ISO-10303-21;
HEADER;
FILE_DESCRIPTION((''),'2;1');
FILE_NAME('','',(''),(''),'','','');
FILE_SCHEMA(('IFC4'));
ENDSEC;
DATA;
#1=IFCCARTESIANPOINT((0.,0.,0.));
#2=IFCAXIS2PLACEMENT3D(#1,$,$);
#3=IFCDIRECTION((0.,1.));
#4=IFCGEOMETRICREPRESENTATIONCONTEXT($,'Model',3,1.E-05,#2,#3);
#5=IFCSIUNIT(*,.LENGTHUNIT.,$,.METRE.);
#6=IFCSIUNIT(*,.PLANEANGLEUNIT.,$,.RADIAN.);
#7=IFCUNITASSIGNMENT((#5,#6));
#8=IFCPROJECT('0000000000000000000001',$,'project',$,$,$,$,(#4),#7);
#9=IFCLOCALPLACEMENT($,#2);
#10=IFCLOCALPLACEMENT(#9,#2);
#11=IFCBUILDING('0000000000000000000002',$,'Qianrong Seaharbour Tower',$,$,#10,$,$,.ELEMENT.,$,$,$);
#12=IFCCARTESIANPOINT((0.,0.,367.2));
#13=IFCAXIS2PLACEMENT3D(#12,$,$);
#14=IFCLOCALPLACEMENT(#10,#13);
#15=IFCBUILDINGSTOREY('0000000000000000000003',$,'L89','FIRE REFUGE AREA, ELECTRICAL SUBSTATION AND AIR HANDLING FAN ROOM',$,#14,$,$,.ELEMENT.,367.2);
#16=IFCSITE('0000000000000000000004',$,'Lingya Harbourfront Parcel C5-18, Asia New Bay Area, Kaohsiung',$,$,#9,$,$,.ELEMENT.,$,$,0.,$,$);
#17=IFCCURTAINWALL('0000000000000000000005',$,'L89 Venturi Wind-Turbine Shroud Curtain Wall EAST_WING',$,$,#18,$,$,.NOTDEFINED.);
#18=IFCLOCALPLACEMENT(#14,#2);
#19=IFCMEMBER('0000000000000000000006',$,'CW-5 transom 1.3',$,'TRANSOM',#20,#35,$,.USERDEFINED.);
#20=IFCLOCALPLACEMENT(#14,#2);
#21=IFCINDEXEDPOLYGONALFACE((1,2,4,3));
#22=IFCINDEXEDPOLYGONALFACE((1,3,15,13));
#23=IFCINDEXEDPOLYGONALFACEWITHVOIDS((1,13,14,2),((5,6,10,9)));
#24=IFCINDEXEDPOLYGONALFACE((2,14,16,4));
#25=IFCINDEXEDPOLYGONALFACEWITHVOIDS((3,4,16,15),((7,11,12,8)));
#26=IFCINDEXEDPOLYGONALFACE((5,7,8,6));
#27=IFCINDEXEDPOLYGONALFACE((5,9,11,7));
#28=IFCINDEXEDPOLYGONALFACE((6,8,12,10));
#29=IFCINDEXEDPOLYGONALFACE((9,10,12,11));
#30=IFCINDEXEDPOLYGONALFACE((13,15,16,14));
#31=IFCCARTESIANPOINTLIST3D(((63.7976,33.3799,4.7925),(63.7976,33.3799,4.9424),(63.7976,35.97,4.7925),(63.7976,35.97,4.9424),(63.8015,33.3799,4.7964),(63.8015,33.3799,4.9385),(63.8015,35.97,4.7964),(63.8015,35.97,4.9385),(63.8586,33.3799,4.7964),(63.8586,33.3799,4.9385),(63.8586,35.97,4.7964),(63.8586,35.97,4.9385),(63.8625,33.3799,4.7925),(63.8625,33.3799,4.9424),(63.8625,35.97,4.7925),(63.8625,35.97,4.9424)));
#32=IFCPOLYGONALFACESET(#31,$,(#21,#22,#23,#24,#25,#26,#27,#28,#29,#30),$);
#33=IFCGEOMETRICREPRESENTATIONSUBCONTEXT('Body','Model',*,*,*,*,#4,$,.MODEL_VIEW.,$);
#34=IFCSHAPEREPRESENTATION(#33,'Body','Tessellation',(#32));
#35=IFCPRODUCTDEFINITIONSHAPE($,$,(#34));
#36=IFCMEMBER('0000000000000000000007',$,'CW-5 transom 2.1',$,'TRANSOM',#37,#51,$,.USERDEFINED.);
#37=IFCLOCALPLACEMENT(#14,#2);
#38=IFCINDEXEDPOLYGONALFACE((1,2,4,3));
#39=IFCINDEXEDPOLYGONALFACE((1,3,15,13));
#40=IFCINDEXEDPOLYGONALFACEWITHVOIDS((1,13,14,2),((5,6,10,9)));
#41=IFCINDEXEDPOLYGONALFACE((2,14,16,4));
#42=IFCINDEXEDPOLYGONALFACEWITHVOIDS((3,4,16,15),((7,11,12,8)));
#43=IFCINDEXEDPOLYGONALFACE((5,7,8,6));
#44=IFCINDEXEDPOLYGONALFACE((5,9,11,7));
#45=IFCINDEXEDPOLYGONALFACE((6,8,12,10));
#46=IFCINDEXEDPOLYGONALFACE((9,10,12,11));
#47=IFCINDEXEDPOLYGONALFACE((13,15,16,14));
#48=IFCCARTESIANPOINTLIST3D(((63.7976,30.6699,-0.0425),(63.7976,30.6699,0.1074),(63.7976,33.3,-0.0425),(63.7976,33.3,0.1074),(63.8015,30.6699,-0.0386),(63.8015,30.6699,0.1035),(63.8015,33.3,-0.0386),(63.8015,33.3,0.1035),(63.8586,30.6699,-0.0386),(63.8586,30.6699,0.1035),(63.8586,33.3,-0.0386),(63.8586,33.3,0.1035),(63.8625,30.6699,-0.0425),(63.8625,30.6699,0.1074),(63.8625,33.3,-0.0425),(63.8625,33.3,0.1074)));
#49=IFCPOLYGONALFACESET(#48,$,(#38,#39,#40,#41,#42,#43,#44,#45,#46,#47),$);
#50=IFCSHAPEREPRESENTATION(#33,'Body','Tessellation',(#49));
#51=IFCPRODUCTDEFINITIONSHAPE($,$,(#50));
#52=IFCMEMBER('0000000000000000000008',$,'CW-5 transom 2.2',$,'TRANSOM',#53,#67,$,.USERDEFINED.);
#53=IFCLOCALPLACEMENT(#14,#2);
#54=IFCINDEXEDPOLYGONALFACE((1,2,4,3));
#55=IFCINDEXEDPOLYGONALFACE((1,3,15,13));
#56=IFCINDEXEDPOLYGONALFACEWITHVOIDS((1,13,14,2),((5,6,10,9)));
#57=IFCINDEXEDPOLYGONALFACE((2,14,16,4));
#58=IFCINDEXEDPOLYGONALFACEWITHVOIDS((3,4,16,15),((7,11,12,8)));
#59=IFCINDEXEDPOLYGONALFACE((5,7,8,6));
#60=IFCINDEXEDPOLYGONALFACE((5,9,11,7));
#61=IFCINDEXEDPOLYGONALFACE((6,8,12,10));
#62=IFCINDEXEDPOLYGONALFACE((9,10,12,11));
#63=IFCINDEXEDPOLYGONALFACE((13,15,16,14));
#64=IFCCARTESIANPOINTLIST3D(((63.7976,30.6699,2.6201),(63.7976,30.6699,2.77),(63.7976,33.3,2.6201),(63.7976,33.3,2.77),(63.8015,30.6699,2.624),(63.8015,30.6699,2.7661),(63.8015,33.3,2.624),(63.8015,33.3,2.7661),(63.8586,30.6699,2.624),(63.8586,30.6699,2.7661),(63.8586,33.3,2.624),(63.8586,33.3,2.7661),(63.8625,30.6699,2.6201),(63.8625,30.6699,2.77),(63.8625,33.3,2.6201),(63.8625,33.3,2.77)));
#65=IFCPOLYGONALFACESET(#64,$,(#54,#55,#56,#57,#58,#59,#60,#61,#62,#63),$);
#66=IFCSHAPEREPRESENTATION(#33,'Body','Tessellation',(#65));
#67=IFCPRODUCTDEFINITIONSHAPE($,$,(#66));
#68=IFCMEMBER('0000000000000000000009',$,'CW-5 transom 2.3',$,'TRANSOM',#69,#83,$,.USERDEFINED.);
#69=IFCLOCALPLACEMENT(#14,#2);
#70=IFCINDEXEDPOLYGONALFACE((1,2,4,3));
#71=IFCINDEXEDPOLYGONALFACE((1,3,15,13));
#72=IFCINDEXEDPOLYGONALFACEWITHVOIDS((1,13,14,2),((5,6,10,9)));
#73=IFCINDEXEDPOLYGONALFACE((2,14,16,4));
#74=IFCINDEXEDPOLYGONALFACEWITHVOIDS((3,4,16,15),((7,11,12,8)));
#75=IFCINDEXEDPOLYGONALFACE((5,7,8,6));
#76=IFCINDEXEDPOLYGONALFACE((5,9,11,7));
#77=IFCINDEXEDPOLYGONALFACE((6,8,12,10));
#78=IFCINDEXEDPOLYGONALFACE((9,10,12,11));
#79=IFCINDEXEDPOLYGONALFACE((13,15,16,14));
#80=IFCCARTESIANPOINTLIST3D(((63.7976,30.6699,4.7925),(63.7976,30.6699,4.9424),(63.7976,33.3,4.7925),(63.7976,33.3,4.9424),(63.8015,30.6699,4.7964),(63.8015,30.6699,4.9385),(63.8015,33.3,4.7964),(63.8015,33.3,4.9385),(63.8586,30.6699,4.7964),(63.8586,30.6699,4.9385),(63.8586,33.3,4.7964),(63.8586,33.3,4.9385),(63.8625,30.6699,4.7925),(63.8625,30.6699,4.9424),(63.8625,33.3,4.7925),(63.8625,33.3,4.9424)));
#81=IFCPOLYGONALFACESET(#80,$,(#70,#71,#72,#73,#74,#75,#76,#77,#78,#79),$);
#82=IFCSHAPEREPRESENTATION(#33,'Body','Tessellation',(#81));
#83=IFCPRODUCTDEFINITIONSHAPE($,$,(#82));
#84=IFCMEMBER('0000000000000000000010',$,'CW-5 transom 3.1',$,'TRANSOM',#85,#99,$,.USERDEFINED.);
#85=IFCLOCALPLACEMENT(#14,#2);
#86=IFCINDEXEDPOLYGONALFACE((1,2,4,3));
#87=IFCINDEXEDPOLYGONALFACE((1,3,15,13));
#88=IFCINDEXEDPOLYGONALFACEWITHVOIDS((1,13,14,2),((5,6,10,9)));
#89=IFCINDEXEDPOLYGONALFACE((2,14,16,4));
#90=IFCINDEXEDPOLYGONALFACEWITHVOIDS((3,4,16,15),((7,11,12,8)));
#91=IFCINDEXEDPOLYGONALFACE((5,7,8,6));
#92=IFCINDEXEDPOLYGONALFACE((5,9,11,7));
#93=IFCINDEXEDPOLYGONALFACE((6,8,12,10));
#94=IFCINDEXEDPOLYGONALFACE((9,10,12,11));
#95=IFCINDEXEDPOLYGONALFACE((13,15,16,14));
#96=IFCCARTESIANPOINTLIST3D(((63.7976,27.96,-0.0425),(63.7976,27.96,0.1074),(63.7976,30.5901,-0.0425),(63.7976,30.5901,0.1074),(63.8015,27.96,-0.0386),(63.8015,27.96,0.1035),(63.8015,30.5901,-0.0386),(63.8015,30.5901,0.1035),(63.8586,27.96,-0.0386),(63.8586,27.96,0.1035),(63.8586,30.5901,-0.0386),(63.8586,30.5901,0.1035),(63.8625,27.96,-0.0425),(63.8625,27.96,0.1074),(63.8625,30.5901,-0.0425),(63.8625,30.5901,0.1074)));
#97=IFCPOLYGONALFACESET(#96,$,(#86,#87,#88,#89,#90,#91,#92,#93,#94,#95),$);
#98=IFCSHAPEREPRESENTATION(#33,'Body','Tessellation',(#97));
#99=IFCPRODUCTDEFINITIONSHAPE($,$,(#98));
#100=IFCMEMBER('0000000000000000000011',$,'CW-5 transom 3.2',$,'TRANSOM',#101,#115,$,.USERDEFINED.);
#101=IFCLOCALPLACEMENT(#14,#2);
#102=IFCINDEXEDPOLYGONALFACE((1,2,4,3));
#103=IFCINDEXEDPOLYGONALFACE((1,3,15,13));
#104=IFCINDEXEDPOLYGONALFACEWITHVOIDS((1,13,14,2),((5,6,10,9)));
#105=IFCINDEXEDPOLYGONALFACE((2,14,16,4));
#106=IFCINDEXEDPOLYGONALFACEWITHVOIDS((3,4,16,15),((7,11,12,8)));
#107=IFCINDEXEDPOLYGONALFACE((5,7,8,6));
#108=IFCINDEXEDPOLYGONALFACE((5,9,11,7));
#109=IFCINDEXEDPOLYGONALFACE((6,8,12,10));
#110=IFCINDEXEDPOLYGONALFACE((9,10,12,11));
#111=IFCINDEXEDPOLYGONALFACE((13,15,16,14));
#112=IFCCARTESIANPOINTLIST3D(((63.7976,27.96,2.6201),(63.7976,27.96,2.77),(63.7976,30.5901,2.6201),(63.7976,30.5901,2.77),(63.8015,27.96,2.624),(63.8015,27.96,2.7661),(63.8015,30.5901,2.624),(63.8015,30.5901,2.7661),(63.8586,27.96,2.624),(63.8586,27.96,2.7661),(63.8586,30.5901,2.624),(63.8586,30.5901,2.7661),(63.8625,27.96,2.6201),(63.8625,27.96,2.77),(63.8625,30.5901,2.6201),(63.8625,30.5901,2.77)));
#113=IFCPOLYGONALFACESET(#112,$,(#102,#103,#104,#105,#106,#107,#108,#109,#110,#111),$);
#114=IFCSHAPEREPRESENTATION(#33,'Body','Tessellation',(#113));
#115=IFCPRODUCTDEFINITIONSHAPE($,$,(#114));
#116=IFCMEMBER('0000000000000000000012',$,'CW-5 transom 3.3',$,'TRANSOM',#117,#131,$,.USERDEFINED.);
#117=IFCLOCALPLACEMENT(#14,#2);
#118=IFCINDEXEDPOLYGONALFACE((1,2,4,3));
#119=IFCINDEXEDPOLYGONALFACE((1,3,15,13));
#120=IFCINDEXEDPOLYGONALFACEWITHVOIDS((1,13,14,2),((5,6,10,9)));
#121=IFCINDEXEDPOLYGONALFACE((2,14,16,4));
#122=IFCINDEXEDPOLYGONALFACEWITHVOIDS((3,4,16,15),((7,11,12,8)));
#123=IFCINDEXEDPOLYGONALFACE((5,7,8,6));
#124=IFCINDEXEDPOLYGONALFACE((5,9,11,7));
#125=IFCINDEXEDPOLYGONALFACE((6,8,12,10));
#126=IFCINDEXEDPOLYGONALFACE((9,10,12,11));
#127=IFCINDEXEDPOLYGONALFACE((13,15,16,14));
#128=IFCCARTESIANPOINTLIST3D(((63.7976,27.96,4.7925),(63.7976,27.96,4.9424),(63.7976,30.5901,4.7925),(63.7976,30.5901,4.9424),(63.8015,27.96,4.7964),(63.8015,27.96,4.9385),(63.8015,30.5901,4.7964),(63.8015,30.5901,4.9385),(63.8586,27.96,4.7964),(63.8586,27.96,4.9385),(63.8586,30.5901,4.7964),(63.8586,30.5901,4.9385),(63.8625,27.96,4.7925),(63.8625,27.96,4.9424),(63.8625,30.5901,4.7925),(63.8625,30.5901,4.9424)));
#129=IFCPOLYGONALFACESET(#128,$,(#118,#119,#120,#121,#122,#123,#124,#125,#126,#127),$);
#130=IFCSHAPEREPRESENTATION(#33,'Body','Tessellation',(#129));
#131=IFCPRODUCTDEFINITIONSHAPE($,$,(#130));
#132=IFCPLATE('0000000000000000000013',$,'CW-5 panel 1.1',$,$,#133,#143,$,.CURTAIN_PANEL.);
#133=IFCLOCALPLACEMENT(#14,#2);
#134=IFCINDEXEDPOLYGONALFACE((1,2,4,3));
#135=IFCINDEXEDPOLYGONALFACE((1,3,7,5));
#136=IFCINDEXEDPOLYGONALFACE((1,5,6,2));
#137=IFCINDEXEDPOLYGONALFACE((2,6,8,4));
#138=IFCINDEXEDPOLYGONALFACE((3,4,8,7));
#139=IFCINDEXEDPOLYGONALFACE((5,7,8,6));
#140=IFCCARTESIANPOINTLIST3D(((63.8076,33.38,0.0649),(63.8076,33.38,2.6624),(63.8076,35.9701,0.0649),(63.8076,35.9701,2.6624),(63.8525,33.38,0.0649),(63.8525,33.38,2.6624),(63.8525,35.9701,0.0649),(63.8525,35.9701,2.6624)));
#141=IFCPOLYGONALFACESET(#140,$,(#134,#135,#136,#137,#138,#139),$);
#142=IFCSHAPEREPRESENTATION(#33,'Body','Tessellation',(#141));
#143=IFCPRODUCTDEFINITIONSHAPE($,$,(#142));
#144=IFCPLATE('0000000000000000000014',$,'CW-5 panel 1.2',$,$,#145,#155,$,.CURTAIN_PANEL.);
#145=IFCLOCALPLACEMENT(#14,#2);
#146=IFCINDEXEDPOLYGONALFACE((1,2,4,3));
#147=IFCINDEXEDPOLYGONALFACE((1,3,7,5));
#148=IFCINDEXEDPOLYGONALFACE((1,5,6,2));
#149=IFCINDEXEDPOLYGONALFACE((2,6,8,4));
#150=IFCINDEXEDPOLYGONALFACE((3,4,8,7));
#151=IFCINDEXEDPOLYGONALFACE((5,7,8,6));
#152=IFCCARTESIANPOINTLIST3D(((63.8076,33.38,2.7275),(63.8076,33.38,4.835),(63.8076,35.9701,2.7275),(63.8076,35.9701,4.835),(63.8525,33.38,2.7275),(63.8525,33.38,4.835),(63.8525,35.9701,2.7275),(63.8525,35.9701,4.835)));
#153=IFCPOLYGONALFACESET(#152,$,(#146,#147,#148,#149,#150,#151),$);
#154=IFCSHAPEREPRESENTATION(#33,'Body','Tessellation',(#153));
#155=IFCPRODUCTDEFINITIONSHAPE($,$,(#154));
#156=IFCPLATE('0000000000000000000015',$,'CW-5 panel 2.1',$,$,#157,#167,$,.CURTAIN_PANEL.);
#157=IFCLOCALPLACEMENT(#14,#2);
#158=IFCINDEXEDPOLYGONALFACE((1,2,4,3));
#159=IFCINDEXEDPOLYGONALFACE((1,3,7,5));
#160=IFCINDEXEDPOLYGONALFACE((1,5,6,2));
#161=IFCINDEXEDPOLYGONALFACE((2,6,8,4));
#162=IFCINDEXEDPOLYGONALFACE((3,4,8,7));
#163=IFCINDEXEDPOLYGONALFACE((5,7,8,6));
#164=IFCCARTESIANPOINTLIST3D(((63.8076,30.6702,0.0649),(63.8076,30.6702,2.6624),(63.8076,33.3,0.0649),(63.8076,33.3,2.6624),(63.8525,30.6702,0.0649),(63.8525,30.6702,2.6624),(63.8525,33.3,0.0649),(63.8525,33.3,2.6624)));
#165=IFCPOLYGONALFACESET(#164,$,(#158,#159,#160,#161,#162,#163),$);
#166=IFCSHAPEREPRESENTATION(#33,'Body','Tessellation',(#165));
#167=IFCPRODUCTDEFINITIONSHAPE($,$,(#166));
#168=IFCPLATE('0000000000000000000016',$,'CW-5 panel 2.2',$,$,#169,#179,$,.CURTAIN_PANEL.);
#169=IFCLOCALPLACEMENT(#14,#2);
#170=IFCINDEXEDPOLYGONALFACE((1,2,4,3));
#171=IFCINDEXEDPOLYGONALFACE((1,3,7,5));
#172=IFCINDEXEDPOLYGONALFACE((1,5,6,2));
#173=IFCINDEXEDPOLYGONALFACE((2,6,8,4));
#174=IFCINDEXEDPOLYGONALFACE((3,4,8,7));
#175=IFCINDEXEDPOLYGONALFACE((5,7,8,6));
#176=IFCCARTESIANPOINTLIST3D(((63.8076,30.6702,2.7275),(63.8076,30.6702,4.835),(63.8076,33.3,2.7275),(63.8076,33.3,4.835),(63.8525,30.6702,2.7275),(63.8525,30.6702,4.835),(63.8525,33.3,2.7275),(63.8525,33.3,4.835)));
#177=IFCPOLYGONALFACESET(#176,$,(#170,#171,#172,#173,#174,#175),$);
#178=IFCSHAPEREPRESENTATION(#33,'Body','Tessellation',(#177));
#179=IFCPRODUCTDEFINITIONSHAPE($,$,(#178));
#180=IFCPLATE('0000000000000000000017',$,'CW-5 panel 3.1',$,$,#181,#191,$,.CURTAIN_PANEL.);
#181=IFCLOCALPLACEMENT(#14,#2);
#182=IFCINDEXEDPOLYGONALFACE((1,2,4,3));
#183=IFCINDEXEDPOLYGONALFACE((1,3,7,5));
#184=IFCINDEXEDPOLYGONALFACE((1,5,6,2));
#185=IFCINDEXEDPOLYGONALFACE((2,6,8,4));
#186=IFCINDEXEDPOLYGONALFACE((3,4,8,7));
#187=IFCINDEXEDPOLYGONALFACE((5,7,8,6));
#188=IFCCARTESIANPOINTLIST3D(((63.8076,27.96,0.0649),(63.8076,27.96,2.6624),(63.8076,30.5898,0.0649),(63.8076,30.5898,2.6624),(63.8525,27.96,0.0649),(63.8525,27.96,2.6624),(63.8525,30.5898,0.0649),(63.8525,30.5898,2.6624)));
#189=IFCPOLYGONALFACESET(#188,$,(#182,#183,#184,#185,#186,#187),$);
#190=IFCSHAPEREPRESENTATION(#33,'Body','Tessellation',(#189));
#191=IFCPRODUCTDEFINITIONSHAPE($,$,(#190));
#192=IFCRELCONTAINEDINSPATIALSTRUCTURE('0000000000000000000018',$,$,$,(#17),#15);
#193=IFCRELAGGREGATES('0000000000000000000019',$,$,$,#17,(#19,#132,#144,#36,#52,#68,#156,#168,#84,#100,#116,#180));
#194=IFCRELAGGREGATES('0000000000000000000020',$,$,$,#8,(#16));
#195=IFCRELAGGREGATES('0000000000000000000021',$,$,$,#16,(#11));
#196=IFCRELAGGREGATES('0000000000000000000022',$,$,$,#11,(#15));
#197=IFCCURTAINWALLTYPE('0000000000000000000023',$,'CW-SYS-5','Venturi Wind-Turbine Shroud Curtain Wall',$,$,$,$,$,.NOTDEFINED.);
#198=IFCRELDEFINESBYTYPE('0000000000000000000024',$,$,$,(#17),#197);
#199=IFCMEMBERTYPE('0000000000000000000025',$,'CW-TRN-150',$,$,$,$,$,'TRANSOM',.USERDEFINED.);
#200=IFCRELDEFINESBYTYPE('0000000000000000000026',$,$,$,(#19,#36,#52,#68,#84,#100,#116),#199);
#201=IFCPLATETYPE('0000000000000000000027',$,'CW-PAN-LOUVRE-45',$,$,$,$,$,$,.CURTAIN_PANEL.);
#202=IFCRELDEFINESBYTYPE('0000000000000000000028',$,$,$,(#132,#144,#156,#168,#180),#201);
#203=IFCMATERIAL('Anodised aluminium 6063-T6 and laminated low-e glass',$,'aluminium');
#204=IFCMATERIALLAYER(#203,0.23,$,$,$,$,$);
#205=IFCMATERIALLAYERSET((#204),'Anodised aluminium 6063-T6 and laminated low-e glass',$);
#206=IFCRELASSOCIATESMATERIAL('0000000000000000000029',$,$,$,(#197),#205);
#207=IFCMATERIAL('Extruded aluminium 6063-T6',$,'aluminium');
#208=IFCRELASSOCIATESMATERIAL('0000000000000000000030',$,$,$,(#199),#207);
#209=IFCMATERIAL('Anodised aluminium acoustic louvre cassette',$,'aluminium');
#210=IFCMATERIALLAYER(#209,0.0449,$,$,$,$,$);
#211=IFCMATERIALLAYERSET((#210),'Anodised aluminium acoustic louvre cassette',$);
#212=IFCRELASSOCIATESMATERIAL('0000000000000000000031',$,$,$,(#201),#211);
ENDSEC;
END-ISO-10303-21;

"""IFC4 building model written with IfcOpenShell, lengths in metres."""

from ifc_helpers import new_model, si_unit, direction, frame, origin, origin_2d, place, context, subcontext, project, spatial, rectangle, hollow_rectangle, extrude, material, layer, layer_set, material_profile, profile_set, type_object, element, aggregate, save


model = new_model("IFC4")

# Units and contexts
model_context = context("Model", 3, precision=1e-05, world=origin(), true_north=direction((0.0, 1.0)))
body_context = subcontext(model_context, "Body", "Model", "MODEL_VIEW")
ifc_project = project(units=[si_unit("LENGTHUNIT", "METRE"), si_unit("PLANEANGLEUNIT", "RADIAN")], contexts=[model_context])

# Site, building, storey
site_placement = place(None, origin())
site = spatial("IfcSite", under=ifc_project, at=site_placement, Name="Lingya Harbourfront Parcel C5-18, Asia New Bay Area, Kaohsiung", CompositionType="ELEMENT", RefElevation=0.0)
building_placement = place(site_placement, origin())
building = spatial("IfcBuilding", under=site, at=building_placement, Name="Qianrong Seaharbour Tower", CompositionType="ELEMENT")
storey_placement = place(building_placement, frame((0.0, 0.0, 367.2)))
storey = spatial("IfcBuildingStorey", under=building, at=storey_placement, Name="L89", Description="FIRE REFUGE AREA, ELECTRICAL SUBSTATION AND AIR HANDLING FAN ROOM", CompositionType="ELEMENT", Elevation=367.2)

# Curtain wall, members, plates
ifc_material_1 = material(Name="Anodised aluminium 6063-T6 and laminated low-e glass", Category="aluminium")
ifc_layer_1 = layer(ifc_material_1, 0.23)
ifc_layer_set_1 = layer_set([ifc_layer_1], Name="Anodised aluminium 6063-T6 and laminated low-e glass")
curtain_wall_type = type_object("IfcCurtainWallType", Name="CW-SYS-5", Description="Venturi Wind-Turbine Shroud Curtain Wall", PredefinedType="NOTDEFINED", material=ifc_layer_set_1)
curtain_wall_placement = place(storey_placement, origin())
curtain_wall = element("IfcCurtainWall", 1, at=curtain_wall_placement, inside=storey, type_object=curtain_wall_type, Name="L89 Venturi Wind-Turbine Shroud Curtain Wall EAST_WING", PredefinedType="NOTDEFINED")
ifc_material_2 = material(Name="Extruded aluminium 6063-T6", Category="aluminium")
ifc_material_profile_1 = material_profile(ifc_material_2, hollow_rectangle(XDim=0.0649, YDim=0.1499, WallThickness=0.0039, at=origin_2d()), Name="ALU-TRN-150x65x4")
ifc_profile_set_1 = profile_set([ifc_material_profile_1], Name="Extruded aluminium 6063-T6")
member_type_1 = type_object("IfcMemberType", Name="CW-TRN-150", ElementType="TRANSOM", PredefinedType="USERDEFINED", material=ifc_profile_set_1)
member_1_placement = place(storey_placement, frame((63.8301, 35.97, 4.8674), z_axis=(0.0, -1.0, 0.0), x_axis=(1.0, 0.0, 0.0)))
member_1 = element("IfcMember", 2, at=member_1_placement, type_object=member_type_1, Name="CW-5 transom 1.3", ObjectType="TRANSOM", PredefinedType="USERDEFINED", context=body_context, shape_type="SweptSolid", body=[
    extrude(hollow_rectangle(XDim=0.0649, YDim=0.1499, WallThickness=0.0039, at=origin_2d()), origin(), (0.0, 0.0, 1.0), 2.5901),
])
member_2_placement = place(storey_placement, frame((63.8301, 33.3, 0.0325), z_axis=(0.0, -1.0, 0.0), x_axis=(1.0, 0.0, 0.0)))
member_2 = element("IfcMember", 3, at=member_2_placement, type_object=member_type_1, Name="CW-5 transom 2.1", ObjectType="TRANSOM", PredefinedType="USERDEFINED", context=body_context, shape_type="SweptSolid", body=[
    extrude(hollow_rectangle(XDim=0.0649, YDim=0.1499, WallThickness=0.0039, at=origin_2d()), origin(), (0.0, 0.0, 1.0), 2.6301),
])
member_3_placement = place(storey_placement, frame((63.8301, 33.3, 2.6951), z_axis=(0.0, -1.0, 0.0), x_axis=(1.0, 0.0, 0.0)))
member_3 = element("IfcMember", 4, at=member_3_placement, type_object=member_type_1, Name="CW-5 transom 2.2", ObjectType="TRANSOM", PredefinedType="USERDEFINED", context=body_context, shape_type="SweptSolid", body=[
    extrude(hollow_rectangle(XDim=0.0649, YDim=0.1499, WallThickness=0.0039, at=origin_2d()), origin(), (0.0, 0.0, 1.0), 2.6301),
])
member_4_placement = place(storey_placement, frame((63.8301, 33.3, 4.8674), z_axis=(0.0, -1.0, 0.0), x_axis=(1.0, 0.0, 0.0)))
member_4 = element("IfcMember", 5, at=member_4_placement, type_object=member_type_1, Name="CW-5 transom 2.3", ObjectType="TRANSOM", PredefinedType="USERDEFINED", context=body_context, shape_type="SweptSolid", body=[
    extrude(hollow_rectangle(XDim=0.0649, YDim=0.1499, WallThickness=0.0039, at=origin_2d()), origin(), (0.0, 0.0, 1.0), 2.6301),
])
member_5_placement = place(storey_placement, frame((63.8301, 30.5901, 0.0325), z_axis=(0.0, -1.0, 0.0), x_axis=(1.0, 0.0, 0.0)))
member_5 = element("IfcMember", 6, at=member_5_placement, type_object=member_type_1, Name="CW-5 transom 3.1", ObjectType="TRANSOM", PredefinedType="USERDEFINED", context=body_context, shape_type="SweptSolid", body=[
    extrude(hollow_rectangle(XDim=0.0649, YDim=0.1499, WallThickness=0.0039, at=origin_2d()), origin(), (0.0, 0.0, 1.0), 2.6301),
])
member_6_placement = place(storey_placement, frame((63.8301, 30.5901, 2.6951), z_axis=(0.0, -1.0, 0.0), x_axis=(1.0, 0.0, 0.0)))
member_6 = element("IfcMember", 7, at=member_6_placement, type_object=member_type_1, Name="CW-5 transom 3.2", ObjectType="TRANSOM", PredefinedType="USERDEFINED", context=body_context, shape_type="SweptSolid", body=[
    extrude(hollow_rectangle(XDim=0.0649, YDim=0.1499, WallThickness=0.0039, at=origin_2d()), origin(), (0.0, 0.0, 1.0), 2.6301),
])
member_7_placement = place(storey_placement, frame((63.8301, 30.5901, 4.8674), z_axis=(0.0, -1.0, 0.0), x_axis=(1.0, 0.0, 0.0)))
member_7 = element("IfcMember", 8, at=member_7_placement, type_object=member_type_1, Name="CW-5 transom 3.3", ObjectType="TRANSOM", PredefinedType="USERDEFINED", context=body_context, shape_type="SweptSolid", body=[
    extrude(hollow_rectangle(XDim=0.0649, YDim=0.1499, WallThickness=0.0039, at=origin_2d()), origin(), (0.0, 0.0, 1.0), 2.6301),
])
ifc_material_3 = material(Name="Anodised aluminium acoustic louvre cassette", Category="aluminium")
ifc_layer_2 = layer(ifc_material_3, 0.0449)
ifc_layer_set_2 = layer_set([ifc_layer_2], Name="Anodised aluminium acoustic louvre cassette")
plate_type = type_object("IfcPlateType", Name="CW-PAN-LOUVRE-45", PredefinedType="CURTAIN_PANEL", material=ifc_layer_set_2)
plate_1_placement = place(storey_placement, frame((63.8301, 34.675, 0.0649), z_axis=(0.0, 0.0, 1.0), x_axis=(0.0, -1.0, 0.0)))
plate_1 = element("IfcPlate", 9, at=plate_1_placement, type_object=plate_type, Name="CW-5 panel 1.1", PredefinedType="CURTAIN_PANEL", context=body_context, shape_type="SweptSolid", body=[
    extrude(rectangle(XDim=2.5901, YDim=0.0449, at=origin_2d()), origin(), (0.0, 0.0, 1.0), 2.5974),
])
plate_2_placement = place(storey_placement, frame((63.8301, 34.675, 2.7275), z_axis=(0.0, 0.0, 1.0), x_axis=(0.0, -1.0, 0.0)))
plate_2 = element("IfcPlate", 10, at=plate_2_placement, type_object=plate_type, Name="CW-5 panel 1.2", PredefinedType="CURTAIN_PANEL", context=body_context, shape_type="SweptSolid", body=[
    extrude(rectangle(XDim=2.5901, YDim=0.0449, at=origin_2d()), origin(), (0.0, 0.0, 1.0), 2.1074),
])
plate_3_placement = place(storey_placement, frame((63.8301, 31.9851, 0.0649), z_axis=(0.0, 0.0, 1.0), x_axis=(0.0, -1.0, 0.0)))
plate_3 = element("IfcPlate", 11, at=plate_3_placement, type_object=plate_type, Name="CW-5 panel 2.1", PredefinedType="CURTAIN_PANEL", context=body_context, shape_type="SweptSolid", body=[
    extrude(rectangle(XDim=2.6299, YDim=0.0449, at=origin_2d()), origin(), (0.0, 0.0, 1.0), 2.5974),
])
plate_4_placement = place(storey_placement, frame((63.8301, 31.9851, 2.7275), z_axis=(0.0, 0.0, 1.0), x_axis=(0.0, -1.0, 0.0)))
plate_4 = element("IfcPlate", 12, at=plate_4_placement, type_object=plate_type, Name="CW-5 panel 2.2", PredefinedType="CURTAIN_PANEL", context=body_context, shape_type="SweptSolid", body=[
    extrude(rectangle(XDim=2.6299, YDim=0.0449, at=origin_2d()), origin(), (0.0, 0.0, 1.0), 2.1074),
])
plate_5_placement = place(storey_placement, frame((63.8301, 29.2749, 0.0649), z_axis=(0.0, 0.0, 1.0), x_axis=(0.0, -1.0, 0.0)))
plate_5 = element("IfcPlate", 13, at=plate_5_placement, type_object=plate_type, Name="CW-5 panel 3.1", PredefinedType="CURTAIN_PANEL", context=body_context, shape_type="SweptSolid", body=[
    extrude(rectangle(XDim=2.6299, YDim=0.0449, at=origin_2d()), origin(), (0.0, 0.0, 1.0), 2.5974),
])
aggregate(curtain_wall, [member_1, plate_1, plate_2, member_2, member_3, member_4, plate_3, plate_4, member_5, member_6, member_7, plate_5])

save(model, "model.ifc")
